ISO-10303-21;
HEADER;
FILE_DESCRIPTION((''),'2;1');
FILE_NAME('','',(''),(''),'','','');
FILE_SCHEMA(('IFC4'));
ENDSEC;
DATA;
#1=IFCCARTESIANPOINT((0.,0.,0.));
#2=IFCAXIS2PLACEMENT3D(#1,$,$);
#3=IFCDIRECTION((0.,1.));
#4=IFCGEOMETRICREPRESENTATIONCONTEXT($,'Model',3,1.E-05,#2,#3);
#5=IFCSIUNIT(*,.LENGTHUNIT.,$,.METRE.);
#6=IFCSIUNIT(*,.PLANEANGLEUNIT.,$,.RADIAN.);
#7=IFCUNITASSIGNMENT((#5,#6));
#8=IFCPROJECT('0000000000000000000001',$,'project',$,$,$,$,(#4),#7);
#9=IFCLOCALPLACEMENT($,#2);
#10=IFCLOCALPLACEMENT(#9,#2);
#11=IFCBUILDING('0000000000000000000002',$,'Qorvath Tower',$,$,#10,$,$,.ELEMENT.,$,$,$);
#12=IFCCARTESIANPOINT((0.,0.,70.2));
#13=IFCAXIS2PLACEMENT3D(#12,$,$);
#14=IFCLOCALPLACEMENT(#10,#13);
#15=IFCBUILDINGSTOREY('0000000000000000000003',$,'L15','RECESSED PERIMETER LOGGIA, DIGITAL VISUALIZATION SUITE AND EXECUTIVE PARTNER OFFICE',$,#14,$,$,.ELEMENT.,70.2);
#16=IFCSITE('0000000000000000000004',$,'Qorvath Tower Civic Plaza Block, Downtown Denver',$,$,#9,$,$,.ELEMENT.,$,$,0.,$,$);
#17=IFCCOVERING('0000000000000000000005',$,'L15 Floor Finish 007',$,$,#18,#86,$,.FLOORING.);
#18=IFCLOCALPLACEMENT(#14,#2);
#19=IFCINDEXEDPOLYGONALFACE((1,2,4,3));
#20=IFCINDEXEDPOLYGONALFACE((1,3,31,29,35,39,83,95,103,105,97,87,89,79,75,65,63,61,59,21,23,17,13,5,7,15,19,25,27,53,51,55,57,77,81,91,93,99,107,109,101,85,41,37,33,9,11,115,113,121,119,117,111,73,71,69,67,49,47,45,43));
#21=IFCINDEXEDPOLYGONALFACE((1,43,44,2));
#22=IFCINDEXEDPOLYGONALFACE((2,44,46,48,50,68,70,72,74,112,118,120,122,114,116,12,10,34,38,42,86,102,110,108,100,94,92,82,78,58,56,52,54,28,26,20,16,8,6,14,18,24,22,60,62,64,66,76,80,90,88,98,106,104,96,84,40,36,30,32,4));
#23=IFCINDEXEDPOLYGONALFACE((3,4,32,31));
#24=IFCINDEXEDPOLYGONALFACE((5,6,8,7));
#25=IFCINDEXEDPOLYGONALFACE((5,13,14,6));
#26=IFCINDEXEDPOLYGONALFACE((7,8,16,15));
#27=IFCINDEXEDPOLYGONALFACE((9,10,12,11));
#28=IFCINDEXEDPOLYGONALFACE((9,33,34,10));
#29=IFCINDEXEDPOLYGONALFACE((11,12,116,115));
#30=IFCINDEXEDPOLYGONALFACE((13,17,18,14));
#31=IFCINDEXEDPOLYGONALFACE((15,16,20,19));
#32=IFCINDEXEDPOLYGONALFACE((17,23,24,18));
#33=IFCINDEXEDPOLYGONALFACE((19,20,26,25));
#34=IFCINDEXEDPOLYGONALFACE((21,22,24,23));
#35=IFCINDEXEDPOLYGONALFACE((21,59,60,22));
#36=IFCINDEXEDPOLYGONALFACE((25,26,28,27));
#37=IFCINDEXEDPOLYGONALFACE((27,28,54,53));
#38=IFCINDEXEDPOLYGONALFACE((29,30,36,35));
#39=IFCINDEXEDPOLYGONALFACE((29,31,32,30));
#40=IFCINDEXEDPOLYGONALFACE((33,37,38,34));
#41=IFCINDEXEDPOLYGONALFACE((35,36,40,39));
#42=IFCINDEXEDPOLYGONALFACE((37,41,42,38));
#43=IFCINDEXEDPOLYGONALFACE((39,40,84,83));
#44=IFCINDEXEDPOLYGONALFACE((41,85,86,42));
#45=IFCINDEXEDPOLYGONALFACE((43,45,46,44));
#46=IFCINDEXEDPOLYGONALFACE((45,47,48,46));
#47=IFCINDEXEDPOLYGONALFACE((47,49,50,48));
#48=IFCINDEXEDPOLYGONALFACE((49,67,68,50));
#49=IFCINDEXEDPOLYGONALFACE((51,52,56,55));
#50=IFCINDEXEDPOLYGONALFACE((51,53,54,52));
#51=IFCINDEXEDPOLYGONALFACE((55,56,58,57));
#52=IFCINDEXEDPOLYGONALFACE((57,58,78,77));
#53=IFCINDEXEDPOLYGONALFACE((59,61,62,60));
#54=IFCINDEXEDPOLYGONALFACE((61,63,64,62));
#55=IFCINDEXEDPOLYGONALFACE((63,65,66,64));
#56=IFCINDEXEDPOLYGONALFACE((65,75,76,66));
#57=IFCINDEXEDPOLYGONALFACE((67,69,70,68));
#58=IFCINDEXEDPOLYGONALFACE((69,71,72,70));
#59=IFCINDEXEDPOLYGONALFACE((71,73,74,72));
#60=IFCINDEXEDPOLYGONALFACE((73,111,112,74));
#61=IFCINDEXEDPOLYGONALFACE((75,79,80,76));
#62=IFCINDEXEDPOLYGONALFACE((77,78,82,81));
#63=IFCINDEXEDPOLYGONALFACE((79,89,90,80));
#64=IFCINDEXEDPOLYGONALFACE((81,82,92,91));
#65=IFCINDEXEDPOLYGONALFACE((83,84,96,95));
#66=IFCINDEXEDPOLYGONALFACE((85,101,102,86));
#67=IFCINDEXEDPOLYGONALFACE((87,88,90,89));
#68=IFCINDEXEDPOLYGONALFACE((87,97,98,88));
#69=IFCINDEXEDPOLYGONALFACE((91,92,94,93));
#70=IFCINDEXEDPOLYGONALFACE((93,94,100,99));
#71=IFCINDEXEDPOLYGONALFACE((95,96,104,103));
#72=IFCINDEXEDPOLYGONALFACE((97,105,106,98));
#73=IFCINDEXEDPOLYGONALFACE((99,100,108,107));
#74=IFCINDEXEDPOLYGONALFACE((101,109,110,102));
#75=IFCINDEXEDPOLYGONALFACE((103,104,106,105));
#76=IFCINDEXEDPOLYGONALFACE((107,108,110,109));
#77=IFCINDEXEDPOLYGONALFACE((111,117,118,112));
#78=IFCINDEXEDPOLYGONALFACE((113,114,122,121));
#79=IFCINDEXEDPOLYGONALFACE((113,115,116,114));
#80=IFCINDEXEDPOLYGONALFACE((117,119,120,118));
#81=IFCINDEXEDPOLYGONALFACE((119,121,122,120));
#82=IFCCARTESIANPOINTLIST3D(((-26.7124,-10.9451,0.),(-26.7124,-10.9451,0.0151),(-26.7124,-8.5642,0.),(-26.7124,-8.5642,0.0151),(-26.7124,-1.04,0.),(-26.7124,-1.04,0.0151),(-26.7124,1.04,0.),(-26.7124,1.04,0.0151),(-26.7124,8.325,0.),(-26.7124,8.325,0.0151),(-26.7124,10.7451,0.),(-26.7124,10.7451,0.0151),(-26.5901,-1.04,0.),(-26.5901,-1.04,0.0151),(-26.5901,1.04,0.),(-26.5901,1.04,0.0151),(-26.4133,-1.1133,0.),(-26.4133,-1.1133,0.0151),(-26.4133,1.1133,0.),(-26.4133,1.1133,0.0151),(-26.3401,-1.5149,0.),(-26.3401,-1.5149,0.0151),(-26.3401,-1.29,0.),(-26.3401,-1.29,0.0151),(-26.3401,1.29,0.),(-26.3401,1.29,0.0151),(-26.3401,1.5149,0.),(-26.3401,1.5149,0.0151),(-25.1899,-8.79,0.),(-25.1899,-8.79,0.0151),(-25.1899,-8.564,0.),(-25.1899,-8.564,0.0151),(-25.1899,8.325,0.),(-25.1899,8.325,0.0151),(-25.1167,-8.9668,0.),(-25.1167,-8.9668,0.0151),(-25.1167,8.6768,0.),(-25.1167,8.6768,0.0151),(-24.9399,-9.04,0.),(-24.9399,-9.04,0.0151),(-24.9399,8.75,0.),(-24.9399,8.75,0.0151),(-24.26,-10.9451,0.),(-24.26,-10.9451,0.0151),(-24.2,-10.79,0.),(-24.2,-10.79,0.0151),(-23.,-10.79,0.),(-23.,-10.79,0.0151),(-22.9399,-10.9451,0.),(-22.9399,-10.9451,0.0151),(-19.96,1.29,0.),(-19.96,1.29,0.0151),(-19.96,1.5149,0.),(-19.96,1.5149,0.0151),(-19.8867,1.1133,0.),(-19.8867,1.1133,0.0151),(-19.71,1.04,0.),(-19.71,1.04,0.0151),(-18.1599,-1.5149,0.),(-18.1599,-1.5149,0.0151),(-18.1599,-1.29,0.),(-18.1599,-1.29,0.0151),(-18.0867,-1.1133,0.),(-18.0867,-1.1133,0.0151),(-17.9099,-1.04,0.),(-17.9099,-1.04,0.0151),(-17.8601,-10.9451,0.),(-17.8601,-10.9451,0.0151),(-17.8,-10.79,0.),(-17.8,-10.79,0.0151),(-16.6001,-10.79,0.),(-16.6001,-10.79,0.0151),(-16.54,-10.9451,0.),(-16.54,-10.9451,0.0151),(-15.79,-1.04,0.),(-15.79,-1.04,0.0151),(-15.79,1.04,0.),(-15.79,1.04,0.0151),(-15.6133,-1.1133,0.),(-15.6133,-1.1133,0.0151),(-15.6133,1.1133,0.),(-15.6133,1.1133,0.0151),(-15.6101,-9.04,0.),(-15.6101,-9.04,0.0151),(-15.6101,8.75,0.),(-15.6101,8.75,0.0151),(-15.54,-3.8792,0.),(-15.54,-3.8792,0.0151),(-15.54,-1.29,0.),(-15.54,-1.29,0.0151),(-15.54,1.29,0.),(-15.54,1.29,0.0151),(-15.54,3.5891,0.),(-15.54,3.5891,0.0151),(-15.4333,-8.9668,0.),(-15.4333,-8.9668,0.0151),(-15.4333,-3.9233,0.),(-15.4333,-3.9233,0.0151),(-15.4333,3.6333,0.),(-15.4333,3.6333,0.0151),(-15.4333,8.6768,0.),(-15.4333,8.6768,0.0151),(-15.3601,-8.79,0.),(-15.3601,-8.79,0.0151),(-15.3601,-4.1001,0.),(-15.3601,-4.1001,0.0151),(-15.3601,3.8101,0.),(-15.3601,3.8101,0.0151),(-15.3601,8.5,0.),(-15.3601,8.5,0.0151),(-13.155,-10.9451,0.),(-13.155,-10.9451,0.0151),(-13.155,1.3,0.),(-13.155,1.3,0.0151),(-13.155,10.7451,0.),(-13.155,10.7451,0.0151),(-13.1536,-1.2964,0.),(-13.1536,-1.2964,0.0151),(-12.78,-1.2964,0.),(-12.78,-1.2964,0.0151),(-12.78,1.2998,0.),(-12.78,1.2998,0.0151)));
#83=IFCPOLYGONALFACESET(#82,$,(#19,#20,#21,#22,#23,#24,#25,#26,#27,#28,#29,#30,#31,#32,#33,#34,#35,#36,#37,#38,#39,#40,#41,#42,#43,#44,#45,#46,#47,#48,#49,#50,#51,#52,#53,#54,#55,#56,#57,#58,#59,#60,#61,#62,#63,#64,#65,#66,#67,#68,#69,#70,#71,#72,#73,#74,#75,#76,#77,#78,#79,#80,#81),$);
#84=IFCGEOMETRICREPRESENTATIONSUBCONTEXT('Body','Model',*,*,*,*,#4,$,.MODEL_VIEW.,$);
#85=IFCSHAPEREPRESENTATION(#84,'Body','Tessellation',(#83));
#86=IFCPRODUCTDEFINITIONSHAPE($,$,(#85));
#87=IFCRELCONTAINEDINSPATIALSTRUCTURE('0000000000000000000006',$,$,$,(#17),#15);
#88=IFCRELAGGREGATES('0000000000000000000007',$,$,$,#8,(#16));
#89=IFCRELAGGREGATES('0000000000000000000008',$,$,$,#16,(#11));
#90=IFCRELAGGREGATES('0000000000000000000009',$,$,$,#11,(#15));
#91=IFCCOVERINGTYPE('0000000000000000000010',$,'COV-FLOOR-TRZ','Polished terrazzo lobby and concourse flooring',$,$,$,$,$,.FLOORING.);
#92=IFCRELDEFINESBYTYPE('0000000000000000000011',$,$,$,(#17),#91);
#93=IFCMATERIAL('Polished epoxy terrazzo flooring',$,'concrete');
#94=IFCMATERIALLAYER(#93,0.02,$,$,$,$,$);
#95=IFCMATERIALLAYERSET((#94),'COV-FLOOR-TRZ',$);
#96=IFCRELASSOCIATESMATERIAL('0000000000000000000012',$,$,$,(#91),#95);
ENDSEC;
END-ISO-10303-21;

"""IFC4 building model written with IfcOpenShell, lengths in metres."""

from ifc_helpers import new_model, si_unit, direction, frame, origin, place, context, subcontext, project, spatial, polyline, outline, extrude, material, layer, layer_set, type_object, element, save


model = new_model("IFC4")

# Units and contexts
model_context = context("Model", 3, precision=1e-05, world=origin(), true_north=direction((0.0, 1.0)))
body_context = subcontext(model_context, "Body", "Model", "MODEL_VIEW")
ifc_project = project(units=[si_unit("LENGTHUNIT", "METRE"), si_unit("PLANEANGLEUNIT", "RADIAN")], contexts=[model_context])

# Site, building, storey
site_placement = place(None, origin())
site = spatial("IfcSite", under=ifc_project, at=site_placement, Name="Qorvath Tower Civic Plaza Block, Downtown Denver", CompositionType="ELEMENT", RefElevation=0.0)
building_placement = place(site_placement, origin())
building = spatial("IfcBuilding", under=site, at=building_placement, Name="Qorvath Tower", CompositionType="ELEMENT")
storey_placement = place(building_placement, frame((0.0, 0.0, 70.2)))
storey = spatial("IfcBuildingStorey", under=building, at=storey_placement, Name="L15", Description="RECESSED PERIMETER LOGGIA, DIGITAL VISUALIZATION SUITE AND EXECUTIVE PARTNER OFFICE", CompositionType="ELEMENT", Elevation=70.2)

# Covering
ifc_material_1 = material(Name="Polished epoxy terrazzo flooring", Category="concrete")
ifc_layer_1 = layer(ifc_material_1, 0.02)
ifc_layer_set_1 = layer_set([ifc_layer_1], Name="COV-FLOOR-TRZ")
covering_type_1 = type_object("IfcCoveringType", Name="COV-FLOOR-TRZ", Description="Polished terrazzo lobby and concourse flooring", PredefinedType="FLOORING", material=ifc_layer_set_1)
covering_1_placement = place(storey_placement, origin())
element("IfcCovering", 1, at=covering_1_placement, inside=storey, type_object=covering_type_1, Name="L15 Floor Finish 007", PredefinedType="FLOORING", context=body_context, shape_type="SweptSolid", body=[
    extrude(outline(polyline([(-13.155, 1.3), (-13.155, 10.7451), (-26.7124, 10.7451), (-26.7124, 8.325), (-25.1899, 8.325), (-25.1167, 8.6768), (-24.9399, 8.75), (-15.6101, 8.75), (-15.4333, 8.6768), (-15.3601, 8.5), (-15.3601, 3.8101), (-15.4333, 3.6333), (-15.54, 3.5891), (-15.54, 1.29), (-15.6133, 1.1133), (-15.79, 1.04), (-19.71, 1.04), (-19.8867, 1.1133), (-19.96, 1.29), (-19.96, 1.5149), (-26.3401, 1.5149), (-26.3401, 1.29), (-26.4133, 1.1133), (-26.5901, 1.04), (-26.7124, 1.04), (-26.7124, -1.04), (-26.5901, -1.04), (-26.4133, -1.1133), (-26.3401, -1.29), (-26.3401, -1.5149), (-18.1599, -1.5149), (-18.1599, -1.29), (-18.0867, -1.1133), (-17.9099, -1.04), (-15.79, -1.04), (-15.6133, -1.1133), (-15.54, -1.29), (-15.54, -3.8792), (-15.4333, -3.9233), (-15.3601, -4.1001), (-15.3601, -8.79), (-15.4333, -8.9668), (-15.6101, -9.04), (-24.9399, -9.04), (-25.1167, -8.9668), (-25.1899, -8.79), (-25.1899, -8.564), (-26.7124, -8.5642), (-26.7124, -10.9451), (-24.26, -10.9451), (-24.2, -10.79), (-23.0, -10.79), (-22.9399, -10.9451), (-17.8601, -10.9451), (-17.8, -10.79), (-16.6001, -10.79), (-16.54, -10.9451), (-13.155, -10.9451), (-13.1536, -1.2964), (-12.78, -1.2964), (-12.78, 1.2998), (-13.155, 1.3)])), origin(), (0.0, 0.0, 1.0), 0.0151),
])

save(model, "model.ifc")
